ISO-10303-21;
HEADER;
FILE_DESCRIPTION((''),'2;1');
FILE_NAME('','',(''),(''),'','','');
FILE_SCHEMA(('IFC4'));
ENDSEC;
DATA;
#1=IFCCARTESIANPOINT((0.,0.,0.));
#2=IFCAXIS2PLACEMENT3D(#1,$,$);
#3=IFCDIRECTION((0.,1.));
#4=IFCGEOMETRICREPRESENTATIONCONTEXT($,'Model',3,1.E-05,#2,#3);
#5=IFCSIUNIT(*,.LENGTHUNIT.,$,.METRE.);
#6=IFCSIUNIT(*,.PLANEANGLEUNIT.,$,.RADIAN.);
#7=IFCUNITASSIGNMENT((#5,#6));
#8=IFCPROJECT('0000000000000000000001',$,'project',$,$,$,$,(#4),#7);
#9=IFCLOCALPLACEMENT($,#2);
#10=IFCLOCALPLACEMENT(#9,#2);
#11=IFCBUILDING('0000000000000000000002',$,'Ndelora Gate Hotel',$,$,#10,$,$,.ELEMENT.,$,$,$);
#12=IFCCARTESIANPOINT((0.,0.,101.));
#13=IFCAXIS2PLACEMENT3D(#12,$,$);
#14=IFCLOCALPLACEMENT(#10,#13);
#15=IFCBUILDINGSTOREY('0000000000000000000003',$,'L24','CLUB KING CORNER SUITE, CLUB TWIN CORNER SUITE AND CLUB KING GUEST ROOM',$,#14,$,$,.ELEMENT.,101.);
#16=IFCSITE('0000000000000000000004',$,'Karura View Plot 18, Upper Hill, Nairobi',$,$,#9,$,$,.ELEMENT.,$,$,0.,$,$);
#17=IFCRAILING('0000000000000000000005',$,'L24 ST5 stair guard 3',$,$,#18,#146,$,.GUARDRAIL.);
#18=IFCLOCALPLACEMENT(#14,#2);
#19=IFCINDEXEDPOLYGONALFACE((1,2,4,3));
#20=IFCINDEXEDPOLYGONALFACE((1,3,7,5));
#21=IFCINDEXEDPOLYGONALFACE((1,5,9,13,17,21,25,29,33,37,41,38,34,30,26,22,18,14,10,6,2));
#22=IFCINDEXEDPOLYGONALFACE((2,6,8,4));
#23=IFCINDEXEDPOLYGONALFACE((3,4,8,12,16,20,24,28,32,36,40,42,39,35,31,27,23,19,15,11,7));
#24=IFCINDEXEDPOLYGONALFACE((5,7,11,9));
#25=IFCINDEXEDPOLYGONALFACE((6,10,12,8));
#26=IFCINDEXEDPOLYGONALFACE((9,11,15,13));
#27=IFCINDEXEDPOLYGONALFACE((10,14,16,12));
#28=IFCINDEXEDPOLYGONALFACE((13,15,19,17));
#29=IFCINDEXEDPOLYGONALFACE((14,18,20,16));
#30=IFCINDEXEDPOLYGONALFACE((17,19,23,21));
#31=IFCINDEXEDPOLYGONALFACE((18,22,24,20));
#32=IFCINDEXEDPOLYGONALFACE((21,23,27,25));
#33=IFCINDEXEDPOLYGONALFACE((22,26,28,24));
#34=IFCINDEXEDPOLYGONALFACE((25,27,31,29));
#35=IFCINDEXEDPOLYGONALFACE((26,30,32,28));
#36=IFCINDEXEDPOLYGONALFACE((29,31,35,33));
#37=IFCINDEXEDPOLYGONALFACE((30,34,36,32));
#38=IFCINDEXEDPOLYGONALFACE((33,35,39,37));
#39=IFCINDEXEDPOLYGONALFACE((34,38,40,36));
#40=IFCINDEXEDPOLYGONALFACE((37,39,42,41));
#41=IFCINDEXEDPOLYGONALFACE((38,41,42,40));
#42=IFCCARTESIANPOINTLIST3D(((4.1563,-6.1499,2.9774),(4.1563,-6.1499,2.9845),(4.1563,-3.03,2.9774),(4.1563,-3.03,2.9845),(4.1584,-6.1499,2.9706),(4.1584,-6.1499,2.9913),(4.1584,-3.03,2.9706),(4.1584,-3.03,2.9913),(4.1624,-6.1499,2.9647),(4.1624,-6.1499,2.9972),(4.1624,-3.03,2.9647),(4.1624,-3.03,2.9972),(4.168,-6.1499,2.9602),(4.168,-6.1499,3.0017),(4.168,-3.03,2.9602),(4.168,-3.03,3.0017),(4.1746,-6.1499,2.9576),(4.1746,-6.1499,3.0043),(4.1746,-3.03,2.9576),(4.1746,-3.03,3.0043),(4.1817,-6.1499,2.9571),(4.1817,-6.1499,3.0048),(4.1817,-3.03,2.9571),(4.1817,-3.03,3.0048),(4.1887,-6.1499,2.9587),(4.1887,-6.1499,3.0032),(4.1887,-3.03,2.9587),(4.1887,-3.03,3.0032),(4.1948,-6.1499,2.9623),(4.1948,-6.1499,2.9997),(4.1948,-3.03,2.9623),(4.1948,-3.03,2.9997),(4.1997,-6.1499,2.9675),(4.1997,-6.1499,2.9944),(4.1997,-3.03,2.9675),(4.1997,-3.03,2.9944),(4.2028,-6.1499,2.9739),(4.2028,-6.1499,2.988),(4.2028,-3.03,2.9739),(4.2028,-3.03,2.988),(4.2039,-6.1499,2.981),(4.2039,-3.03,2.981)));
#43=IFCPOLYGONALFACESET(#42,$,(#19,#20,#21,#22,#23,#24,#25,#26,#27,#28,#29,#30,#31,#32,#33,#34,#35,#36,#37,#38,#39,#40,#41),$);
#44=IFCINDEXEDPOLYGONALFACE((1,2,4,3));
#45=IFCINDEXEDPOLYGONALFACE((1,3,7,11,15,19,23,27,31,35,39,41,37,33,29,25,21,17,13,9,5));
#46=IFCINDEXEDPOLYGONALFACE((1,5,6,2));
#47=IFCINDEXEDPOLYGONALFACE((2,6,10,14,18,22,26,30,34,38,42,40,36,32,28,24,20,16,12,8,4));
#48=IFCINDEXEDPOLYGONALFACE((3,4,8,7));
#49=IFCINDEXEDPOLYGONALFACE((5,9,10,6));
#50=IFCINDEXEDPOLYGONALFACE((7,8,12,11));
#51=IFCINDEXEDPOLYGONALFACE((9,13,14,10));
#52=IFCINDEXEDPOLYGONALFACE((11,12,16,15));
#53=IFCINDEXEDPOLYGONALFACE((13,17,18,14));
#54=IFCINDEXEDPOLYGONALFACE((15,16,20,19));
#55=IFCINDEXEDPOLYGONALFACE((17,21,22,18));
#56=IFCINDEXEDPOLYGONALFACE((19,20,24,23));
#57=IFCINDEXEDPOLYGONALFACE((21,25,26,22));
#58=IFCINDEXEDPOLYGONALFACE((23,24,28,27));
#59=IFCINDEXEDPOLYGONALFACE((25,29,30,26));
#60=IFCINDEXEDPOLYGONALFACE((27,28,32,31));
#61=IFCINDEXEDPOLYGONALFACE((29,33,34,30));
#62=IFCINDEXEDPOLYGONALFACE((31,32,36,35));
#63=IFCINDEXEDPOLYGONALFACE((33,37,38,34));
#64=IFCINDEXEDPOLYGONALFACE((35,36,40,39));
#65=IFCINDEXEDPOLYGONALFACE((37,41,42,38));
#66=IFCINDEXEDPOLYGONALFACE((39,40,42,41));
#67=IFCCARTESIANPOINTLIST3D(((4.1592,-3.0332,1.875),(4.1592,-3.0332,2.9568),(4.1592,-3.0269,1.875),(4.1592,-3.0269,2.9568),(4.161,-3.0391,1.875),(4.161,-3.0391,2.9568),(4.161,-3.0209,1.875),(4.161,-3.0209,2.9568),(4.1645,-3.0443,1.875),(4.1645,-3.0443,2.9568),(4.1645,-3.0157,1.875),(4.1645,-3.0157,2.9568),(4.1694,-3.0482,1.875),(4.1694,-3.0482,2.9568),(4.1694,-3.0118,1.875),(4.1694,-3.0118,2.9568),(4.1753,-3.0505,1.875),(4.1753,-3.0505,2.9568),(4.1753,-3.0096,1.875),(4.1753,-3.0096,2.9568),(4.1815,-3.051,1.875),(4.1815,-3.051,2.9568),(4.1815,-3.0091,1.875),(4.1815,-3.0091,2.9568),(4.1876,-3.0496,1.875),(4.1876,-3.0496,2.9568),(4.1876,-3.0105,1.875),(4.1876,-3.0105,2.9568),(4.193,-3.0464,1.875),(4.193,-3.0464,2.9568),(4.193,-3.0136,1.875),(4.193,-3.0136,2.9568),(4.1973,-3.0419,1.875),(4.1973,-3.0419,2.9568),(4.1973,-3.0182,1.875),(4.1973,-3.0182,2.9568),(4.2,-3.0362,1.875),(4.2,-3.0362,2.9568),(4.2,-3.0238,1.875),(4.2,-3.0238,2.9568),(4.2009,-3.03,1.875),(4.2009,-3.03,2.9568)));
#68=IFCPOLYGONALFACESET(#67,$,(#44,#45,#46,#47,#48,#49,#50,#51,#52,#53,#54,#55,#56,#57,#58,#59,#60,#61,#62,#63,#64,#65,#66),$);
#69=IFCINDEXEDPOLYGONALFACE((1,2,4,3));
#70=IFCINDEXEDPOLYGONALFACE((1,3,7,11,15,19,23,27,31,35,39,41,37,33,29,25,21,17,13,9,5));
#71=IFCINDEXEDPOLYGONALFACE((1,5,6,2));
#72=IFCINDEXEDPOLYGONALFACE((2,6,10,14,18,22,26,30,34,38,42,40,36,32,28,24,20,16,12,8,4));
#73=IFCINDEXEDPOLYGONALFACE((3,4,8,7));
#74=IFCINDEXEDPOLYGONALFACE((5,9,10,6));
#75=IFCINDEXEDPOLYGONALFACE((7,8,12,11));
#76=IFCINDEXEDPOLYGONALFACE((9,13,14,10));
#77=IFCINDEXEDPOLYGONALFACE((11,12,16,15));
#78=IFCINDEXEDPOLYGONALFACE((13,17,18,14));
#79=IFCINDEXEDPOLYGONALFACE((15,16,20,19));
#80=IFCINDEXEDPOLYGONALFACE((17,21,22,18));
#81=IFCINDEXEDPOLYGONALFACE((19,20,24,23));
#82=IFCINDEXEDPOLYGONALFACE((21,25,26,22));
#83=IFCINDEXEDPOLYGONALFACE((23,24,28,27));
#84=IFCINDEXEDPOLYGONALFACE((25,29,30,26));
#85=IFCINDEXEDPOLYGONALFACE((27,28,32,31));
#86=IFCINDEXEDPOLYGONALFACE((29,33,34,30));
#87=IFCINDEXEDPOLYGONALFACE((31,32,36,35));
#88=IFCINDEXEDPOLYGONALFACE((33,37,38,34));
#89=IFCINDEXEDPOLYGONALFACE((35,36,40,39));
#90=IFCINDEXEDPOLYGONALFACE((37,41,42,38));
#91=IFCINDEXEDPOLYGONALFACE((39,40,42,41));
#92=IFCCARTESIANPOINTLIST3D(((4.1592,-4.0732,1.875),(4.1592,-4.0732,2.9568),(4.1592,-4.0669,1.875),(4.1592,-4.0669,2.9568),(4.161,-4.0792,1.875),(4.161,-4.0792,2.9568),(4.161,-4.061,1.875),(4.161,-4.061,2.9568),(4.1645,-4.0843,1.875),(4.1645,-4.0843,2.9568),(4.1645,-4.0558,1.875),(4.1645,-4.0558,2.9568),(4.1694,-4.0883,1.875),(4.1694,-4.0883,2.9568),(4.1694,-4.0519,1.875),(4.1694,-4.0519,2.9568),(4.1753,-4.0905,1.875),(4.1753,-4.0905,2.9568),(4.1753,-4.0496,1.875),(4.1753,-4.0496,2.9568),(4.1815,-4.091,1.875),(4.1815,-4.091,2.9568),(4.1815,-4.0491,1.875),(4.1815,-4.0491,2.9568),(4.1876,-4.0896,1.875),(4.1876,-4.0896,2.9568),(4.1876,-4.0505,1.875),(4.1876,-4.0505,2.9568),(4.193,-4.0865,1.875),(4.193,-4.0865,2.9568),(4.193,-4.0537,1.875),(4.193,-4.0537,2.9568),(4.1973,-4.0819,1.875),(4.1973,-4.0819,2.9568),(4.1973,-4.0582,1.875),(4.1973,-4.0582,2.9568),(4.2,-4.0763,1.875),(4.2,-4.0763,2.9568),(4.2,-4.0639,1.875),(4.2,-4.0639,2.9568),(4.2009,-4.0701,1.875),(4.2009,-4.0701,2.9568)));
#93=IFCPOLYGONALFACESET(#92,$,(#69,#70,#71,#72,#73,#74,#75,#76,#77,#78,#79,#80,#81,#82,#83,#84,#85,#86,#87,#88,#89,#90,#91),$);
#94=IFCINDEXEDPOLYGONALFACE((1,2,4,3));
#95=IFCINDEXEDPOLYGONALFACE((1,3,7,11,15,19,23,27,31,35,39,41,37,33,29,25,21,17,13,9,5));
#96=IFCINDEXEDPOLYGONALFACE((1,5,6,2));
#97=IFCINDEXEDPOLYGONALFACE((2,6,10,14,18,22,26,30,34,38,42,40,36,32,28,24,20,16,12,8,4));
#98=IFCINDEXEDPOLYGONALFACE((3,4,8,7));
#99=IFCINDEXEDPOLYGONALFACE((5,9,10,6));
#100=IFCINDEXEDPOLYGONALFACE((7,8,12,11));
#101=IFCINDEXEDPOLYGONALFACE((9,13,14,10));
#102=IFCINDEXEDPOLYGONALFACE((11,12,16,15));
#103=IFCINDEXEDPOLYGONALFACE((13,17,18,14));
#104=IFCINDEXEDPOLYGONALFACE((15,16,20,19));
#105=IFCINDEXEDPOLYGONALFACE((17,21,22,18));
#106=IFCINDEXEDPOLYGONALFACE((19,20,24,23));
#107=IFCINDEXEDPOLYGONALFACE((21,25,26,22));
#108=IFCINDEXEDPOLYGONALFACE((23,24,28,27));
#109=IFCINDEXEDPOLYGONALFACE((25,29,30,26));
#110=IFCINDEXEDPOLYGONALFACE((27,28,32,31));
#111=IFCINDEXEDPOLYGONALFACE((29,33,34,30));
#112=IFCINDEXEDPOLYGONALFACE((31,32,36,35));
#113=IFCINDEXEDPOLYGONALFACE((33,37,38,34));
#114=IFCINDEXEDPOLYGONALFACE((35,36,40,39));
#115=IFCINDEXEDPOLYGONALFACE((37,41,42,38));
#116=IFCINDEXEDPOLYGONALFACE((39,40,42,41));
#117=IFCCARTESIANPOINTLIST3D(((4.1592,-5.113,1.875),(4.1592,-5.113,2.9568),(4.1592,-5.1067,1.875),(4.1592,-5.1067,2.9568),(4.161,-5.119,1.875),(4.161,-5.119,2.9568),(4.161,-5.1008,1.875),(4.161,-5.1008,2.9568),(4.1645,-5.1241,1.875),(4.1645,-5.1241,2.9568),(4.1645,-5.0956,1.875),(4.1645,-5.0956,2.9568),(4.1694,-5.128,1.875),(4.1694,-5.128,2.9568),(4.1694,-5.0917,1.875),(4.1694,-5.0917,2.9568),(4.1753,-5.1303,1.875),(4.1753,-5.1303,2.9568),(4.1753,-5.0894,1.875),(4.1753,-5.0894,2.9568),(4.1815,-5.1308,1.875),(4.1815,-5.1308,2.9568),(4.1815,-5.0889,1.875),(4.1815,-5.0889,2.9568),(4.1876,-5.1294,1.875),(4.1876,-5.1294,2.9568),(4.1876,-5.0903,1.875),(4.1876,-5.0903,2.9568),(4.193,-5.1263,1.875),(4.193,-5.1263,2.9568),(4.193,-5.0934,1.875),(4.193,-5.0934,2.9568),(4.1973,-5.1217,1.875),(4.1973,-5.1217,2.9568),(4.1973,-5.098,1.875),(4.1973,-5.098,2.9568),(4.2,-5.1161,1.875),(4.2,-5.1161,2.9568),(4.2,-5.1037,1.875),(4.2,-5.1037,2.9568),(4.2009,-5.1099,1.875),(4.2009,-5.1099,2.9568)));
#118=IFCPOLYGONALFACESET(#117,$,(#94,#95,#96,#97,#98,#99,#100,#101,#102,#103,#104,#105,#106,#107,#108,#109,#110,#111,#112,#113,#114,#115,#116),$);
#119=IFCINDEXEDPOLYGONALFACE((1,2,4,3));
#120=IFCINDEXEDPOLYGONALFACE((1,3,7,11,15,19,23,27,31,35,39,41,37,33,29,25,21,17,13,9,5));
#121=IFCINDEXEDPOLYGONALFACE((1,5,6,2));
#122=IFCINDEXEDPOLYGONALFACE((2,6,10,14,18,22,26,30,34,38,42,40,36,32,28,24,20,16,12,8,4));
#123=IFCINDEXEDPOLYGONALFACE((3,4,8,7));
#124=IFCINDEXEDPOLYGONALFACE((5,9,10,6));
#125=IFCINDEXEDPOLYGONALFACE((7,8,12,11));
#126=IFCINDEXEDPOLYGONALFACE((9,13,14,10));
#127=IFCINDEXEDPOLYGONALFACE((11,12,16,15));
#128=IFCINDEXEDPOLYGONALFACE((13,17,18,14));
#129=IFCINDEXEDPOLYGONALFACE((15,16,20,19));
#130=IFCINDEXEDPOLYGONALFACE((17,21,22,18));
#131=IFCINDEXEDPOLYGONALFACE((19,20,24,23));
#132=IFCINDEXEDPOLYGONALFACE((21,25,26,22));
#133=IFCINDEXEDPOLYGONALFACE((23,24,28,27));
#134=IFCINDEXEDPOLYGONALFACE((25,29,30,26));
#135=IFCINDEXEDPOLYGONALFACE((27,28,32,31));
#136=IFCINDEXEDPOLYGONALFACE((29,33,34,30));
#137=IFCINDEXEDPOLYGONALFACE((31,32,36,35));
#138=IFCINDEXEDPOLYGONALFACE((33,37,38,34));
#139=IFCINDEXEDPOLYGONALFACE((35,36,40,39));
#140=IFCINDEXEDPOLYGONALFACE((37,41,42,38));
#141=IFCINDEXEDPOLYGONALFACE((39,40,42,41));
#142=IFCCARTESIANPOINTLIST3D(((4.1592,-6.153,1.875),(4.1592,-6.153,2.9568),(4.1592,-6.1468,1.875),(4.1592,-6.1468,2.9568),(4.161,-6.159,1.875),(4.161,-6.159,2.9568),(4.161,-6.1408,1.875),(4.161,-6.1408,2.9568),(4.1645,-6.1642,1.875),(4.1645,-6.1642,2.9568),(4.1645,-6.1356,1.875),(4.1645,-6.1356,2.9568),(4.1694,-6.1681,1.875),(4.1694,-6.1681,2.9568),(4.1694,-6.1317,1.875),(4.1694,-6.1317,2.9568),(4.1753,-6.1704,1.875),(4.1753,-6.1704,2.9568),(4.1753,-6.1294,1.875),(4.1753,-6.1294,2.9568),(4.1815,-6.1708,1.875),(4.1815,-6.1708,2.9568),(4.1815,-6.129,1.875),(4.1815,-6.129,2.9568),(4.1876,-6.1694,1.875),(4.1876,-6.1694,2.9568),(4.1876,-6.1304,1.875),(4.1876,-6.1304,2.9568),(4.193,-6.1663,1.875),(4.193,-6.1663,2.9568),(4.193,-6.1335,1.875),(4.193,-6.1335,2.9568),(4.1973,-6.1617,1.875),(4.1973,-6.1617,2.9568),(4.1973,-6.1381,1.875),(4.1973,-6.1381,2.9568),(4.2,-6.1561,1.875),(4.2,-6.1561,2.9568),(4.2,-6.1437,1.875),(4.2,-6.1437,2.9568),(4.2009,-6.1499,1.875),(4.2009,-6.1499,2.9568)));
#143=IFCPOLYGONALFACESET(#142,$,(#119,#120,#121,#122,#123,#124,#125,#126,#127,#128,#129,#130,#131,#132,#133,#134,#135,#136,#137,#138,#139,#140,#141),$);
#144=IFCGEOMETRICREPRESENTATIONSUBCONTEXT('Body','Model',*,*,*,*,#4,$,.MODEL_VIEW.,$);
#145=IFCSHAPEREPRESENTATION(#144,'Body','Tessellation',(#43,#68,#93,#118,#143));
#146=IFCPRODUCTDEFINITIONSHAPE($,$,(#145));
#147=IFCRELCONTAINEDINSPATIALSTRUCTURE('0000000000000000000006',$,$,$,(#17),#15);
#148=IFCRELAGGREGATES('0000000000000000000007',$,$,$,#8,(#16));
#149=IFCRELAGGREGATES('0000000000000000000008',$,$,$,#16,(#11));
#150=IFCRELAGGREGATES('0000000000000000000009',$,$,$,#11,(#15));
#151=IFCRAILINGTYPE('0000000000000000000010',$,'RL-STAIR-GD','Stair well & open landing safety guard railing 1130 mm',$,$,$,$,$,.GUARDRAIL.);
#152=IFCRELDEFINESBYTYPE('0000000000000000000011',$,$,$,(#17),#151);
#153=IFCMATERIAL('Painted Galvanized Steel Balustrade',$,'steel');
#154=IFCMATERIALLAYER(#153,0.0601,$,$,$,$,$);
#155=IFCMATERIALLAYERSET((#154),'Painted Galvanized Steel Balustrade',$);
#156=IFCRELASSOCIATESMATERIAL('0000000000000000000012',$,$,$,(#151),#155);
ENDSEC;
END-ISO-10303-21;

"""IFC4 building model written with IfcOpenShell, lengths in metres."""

from ifc_helpers import new_model, si_unit, direction, frame, origin, origin_2d, place, context, subcontext, project, spatial, circle, extrude, material, layer, layer_set, type_object, element, save


model = new_model("IFC4")

# Units and contexts
model_context = context("Model", 3, precision=1e-05, world=origin(), true_north=direction((0.0, 1.0)))
body_context = subcontext(model_context, "Body", "Model", "MODEL_VIEW")
ifc_project = project(units=[si_unit("LENGTHUNIT", "METRE"), si_unit("PLANEANGLEUNIT", "RADIAN")], contexts=[model_context])

# Site, building, storey
site_placement = place(None, origin())
site = spatial("IfcSite", under=ifc_project, at=site_placement, Name="Karura View Plot 18, Upper Hill, Nairobi", CompositionType="ELEMENT", RefElevation=0.0)
building_placement = place(site_placement, origin())
building = spatial("IfcBuilding", under=site, at=building_placement, Name="Ndelora Gate Hotel", CompositionType="ELEMENT")
storey_placement = place(building_placement, frame((0.0, 0.0, 101.0)))
storey = spatial("IfcBuildingStorey", under=building, at=storey_placement, Name="L24", Description="CLUB KING CORNER SUITE, CLUB TWIN CORNER SUITE AND CLUB KING GUEST ROOM", CompositionType="ELEMENT", Elevation=101.0)

# Railing
ifc_material_1 = material(Name="Painted Galvanized Steel Balustrade", Category="steel")
ifc_layer_1 = layer(ifc_material_1, 0.0601)
ifc_layer_set_1 = layer_set([ifc_layer_1], Name="Painted Galvanized Steel Balustrade")
railing_type_1 = type_object("IfcRailingType", Name="RL-STAIR-GD", Description="Stair well & open landing safety guard railing 1130 mm", PredefinedType="GUARDRAIL", material=ifc_layer_set_1)
railing_1_placement = place(storey_placement, frame((4.1799, -3.03, 1.875)))
element("IfcRailing", 1, at=railing_1_placement, inside=storey, type_object=railing_type_1, Name="L24 ST5 stair guard 3", PredefinedType="GUARDRAIL", context=body_context, shape_type="SweptSolid", body=[
    extrude(circle(Radius=0.0239, at=origin_2d()), frame((0.0, 0.0, 1.106), z_axis=(0.0, -1.0, 0.0), x_axis=(1.0, 0.0, 0.0)), (0.0, 0.0, 1.0), 3.1199),
    extrude(circle(Radius=0.021, at=origin_2d()), origin(), (0.0, 0.0, 1.0), 1.0818),
    extrude(circle(Radius=0.021, at=origin_2d()), frame((0.0, -1.04, 0.0)), (0.0, 0.0, 1.0), 1.0818),
    extrude(circle(Radius=0.021, at=origin_2d()), frame((0.0, -2.0798, 0.0)), (0.0, 0.0, 1.0), 1.0818),
    extrude(circle(Radius=0.021, at=origin_2d()), frame((0.0, -3.1199, 0.0)), (0.0, 0.0, 1.0), 1.0818),
])

save(model, "model.ifc")
